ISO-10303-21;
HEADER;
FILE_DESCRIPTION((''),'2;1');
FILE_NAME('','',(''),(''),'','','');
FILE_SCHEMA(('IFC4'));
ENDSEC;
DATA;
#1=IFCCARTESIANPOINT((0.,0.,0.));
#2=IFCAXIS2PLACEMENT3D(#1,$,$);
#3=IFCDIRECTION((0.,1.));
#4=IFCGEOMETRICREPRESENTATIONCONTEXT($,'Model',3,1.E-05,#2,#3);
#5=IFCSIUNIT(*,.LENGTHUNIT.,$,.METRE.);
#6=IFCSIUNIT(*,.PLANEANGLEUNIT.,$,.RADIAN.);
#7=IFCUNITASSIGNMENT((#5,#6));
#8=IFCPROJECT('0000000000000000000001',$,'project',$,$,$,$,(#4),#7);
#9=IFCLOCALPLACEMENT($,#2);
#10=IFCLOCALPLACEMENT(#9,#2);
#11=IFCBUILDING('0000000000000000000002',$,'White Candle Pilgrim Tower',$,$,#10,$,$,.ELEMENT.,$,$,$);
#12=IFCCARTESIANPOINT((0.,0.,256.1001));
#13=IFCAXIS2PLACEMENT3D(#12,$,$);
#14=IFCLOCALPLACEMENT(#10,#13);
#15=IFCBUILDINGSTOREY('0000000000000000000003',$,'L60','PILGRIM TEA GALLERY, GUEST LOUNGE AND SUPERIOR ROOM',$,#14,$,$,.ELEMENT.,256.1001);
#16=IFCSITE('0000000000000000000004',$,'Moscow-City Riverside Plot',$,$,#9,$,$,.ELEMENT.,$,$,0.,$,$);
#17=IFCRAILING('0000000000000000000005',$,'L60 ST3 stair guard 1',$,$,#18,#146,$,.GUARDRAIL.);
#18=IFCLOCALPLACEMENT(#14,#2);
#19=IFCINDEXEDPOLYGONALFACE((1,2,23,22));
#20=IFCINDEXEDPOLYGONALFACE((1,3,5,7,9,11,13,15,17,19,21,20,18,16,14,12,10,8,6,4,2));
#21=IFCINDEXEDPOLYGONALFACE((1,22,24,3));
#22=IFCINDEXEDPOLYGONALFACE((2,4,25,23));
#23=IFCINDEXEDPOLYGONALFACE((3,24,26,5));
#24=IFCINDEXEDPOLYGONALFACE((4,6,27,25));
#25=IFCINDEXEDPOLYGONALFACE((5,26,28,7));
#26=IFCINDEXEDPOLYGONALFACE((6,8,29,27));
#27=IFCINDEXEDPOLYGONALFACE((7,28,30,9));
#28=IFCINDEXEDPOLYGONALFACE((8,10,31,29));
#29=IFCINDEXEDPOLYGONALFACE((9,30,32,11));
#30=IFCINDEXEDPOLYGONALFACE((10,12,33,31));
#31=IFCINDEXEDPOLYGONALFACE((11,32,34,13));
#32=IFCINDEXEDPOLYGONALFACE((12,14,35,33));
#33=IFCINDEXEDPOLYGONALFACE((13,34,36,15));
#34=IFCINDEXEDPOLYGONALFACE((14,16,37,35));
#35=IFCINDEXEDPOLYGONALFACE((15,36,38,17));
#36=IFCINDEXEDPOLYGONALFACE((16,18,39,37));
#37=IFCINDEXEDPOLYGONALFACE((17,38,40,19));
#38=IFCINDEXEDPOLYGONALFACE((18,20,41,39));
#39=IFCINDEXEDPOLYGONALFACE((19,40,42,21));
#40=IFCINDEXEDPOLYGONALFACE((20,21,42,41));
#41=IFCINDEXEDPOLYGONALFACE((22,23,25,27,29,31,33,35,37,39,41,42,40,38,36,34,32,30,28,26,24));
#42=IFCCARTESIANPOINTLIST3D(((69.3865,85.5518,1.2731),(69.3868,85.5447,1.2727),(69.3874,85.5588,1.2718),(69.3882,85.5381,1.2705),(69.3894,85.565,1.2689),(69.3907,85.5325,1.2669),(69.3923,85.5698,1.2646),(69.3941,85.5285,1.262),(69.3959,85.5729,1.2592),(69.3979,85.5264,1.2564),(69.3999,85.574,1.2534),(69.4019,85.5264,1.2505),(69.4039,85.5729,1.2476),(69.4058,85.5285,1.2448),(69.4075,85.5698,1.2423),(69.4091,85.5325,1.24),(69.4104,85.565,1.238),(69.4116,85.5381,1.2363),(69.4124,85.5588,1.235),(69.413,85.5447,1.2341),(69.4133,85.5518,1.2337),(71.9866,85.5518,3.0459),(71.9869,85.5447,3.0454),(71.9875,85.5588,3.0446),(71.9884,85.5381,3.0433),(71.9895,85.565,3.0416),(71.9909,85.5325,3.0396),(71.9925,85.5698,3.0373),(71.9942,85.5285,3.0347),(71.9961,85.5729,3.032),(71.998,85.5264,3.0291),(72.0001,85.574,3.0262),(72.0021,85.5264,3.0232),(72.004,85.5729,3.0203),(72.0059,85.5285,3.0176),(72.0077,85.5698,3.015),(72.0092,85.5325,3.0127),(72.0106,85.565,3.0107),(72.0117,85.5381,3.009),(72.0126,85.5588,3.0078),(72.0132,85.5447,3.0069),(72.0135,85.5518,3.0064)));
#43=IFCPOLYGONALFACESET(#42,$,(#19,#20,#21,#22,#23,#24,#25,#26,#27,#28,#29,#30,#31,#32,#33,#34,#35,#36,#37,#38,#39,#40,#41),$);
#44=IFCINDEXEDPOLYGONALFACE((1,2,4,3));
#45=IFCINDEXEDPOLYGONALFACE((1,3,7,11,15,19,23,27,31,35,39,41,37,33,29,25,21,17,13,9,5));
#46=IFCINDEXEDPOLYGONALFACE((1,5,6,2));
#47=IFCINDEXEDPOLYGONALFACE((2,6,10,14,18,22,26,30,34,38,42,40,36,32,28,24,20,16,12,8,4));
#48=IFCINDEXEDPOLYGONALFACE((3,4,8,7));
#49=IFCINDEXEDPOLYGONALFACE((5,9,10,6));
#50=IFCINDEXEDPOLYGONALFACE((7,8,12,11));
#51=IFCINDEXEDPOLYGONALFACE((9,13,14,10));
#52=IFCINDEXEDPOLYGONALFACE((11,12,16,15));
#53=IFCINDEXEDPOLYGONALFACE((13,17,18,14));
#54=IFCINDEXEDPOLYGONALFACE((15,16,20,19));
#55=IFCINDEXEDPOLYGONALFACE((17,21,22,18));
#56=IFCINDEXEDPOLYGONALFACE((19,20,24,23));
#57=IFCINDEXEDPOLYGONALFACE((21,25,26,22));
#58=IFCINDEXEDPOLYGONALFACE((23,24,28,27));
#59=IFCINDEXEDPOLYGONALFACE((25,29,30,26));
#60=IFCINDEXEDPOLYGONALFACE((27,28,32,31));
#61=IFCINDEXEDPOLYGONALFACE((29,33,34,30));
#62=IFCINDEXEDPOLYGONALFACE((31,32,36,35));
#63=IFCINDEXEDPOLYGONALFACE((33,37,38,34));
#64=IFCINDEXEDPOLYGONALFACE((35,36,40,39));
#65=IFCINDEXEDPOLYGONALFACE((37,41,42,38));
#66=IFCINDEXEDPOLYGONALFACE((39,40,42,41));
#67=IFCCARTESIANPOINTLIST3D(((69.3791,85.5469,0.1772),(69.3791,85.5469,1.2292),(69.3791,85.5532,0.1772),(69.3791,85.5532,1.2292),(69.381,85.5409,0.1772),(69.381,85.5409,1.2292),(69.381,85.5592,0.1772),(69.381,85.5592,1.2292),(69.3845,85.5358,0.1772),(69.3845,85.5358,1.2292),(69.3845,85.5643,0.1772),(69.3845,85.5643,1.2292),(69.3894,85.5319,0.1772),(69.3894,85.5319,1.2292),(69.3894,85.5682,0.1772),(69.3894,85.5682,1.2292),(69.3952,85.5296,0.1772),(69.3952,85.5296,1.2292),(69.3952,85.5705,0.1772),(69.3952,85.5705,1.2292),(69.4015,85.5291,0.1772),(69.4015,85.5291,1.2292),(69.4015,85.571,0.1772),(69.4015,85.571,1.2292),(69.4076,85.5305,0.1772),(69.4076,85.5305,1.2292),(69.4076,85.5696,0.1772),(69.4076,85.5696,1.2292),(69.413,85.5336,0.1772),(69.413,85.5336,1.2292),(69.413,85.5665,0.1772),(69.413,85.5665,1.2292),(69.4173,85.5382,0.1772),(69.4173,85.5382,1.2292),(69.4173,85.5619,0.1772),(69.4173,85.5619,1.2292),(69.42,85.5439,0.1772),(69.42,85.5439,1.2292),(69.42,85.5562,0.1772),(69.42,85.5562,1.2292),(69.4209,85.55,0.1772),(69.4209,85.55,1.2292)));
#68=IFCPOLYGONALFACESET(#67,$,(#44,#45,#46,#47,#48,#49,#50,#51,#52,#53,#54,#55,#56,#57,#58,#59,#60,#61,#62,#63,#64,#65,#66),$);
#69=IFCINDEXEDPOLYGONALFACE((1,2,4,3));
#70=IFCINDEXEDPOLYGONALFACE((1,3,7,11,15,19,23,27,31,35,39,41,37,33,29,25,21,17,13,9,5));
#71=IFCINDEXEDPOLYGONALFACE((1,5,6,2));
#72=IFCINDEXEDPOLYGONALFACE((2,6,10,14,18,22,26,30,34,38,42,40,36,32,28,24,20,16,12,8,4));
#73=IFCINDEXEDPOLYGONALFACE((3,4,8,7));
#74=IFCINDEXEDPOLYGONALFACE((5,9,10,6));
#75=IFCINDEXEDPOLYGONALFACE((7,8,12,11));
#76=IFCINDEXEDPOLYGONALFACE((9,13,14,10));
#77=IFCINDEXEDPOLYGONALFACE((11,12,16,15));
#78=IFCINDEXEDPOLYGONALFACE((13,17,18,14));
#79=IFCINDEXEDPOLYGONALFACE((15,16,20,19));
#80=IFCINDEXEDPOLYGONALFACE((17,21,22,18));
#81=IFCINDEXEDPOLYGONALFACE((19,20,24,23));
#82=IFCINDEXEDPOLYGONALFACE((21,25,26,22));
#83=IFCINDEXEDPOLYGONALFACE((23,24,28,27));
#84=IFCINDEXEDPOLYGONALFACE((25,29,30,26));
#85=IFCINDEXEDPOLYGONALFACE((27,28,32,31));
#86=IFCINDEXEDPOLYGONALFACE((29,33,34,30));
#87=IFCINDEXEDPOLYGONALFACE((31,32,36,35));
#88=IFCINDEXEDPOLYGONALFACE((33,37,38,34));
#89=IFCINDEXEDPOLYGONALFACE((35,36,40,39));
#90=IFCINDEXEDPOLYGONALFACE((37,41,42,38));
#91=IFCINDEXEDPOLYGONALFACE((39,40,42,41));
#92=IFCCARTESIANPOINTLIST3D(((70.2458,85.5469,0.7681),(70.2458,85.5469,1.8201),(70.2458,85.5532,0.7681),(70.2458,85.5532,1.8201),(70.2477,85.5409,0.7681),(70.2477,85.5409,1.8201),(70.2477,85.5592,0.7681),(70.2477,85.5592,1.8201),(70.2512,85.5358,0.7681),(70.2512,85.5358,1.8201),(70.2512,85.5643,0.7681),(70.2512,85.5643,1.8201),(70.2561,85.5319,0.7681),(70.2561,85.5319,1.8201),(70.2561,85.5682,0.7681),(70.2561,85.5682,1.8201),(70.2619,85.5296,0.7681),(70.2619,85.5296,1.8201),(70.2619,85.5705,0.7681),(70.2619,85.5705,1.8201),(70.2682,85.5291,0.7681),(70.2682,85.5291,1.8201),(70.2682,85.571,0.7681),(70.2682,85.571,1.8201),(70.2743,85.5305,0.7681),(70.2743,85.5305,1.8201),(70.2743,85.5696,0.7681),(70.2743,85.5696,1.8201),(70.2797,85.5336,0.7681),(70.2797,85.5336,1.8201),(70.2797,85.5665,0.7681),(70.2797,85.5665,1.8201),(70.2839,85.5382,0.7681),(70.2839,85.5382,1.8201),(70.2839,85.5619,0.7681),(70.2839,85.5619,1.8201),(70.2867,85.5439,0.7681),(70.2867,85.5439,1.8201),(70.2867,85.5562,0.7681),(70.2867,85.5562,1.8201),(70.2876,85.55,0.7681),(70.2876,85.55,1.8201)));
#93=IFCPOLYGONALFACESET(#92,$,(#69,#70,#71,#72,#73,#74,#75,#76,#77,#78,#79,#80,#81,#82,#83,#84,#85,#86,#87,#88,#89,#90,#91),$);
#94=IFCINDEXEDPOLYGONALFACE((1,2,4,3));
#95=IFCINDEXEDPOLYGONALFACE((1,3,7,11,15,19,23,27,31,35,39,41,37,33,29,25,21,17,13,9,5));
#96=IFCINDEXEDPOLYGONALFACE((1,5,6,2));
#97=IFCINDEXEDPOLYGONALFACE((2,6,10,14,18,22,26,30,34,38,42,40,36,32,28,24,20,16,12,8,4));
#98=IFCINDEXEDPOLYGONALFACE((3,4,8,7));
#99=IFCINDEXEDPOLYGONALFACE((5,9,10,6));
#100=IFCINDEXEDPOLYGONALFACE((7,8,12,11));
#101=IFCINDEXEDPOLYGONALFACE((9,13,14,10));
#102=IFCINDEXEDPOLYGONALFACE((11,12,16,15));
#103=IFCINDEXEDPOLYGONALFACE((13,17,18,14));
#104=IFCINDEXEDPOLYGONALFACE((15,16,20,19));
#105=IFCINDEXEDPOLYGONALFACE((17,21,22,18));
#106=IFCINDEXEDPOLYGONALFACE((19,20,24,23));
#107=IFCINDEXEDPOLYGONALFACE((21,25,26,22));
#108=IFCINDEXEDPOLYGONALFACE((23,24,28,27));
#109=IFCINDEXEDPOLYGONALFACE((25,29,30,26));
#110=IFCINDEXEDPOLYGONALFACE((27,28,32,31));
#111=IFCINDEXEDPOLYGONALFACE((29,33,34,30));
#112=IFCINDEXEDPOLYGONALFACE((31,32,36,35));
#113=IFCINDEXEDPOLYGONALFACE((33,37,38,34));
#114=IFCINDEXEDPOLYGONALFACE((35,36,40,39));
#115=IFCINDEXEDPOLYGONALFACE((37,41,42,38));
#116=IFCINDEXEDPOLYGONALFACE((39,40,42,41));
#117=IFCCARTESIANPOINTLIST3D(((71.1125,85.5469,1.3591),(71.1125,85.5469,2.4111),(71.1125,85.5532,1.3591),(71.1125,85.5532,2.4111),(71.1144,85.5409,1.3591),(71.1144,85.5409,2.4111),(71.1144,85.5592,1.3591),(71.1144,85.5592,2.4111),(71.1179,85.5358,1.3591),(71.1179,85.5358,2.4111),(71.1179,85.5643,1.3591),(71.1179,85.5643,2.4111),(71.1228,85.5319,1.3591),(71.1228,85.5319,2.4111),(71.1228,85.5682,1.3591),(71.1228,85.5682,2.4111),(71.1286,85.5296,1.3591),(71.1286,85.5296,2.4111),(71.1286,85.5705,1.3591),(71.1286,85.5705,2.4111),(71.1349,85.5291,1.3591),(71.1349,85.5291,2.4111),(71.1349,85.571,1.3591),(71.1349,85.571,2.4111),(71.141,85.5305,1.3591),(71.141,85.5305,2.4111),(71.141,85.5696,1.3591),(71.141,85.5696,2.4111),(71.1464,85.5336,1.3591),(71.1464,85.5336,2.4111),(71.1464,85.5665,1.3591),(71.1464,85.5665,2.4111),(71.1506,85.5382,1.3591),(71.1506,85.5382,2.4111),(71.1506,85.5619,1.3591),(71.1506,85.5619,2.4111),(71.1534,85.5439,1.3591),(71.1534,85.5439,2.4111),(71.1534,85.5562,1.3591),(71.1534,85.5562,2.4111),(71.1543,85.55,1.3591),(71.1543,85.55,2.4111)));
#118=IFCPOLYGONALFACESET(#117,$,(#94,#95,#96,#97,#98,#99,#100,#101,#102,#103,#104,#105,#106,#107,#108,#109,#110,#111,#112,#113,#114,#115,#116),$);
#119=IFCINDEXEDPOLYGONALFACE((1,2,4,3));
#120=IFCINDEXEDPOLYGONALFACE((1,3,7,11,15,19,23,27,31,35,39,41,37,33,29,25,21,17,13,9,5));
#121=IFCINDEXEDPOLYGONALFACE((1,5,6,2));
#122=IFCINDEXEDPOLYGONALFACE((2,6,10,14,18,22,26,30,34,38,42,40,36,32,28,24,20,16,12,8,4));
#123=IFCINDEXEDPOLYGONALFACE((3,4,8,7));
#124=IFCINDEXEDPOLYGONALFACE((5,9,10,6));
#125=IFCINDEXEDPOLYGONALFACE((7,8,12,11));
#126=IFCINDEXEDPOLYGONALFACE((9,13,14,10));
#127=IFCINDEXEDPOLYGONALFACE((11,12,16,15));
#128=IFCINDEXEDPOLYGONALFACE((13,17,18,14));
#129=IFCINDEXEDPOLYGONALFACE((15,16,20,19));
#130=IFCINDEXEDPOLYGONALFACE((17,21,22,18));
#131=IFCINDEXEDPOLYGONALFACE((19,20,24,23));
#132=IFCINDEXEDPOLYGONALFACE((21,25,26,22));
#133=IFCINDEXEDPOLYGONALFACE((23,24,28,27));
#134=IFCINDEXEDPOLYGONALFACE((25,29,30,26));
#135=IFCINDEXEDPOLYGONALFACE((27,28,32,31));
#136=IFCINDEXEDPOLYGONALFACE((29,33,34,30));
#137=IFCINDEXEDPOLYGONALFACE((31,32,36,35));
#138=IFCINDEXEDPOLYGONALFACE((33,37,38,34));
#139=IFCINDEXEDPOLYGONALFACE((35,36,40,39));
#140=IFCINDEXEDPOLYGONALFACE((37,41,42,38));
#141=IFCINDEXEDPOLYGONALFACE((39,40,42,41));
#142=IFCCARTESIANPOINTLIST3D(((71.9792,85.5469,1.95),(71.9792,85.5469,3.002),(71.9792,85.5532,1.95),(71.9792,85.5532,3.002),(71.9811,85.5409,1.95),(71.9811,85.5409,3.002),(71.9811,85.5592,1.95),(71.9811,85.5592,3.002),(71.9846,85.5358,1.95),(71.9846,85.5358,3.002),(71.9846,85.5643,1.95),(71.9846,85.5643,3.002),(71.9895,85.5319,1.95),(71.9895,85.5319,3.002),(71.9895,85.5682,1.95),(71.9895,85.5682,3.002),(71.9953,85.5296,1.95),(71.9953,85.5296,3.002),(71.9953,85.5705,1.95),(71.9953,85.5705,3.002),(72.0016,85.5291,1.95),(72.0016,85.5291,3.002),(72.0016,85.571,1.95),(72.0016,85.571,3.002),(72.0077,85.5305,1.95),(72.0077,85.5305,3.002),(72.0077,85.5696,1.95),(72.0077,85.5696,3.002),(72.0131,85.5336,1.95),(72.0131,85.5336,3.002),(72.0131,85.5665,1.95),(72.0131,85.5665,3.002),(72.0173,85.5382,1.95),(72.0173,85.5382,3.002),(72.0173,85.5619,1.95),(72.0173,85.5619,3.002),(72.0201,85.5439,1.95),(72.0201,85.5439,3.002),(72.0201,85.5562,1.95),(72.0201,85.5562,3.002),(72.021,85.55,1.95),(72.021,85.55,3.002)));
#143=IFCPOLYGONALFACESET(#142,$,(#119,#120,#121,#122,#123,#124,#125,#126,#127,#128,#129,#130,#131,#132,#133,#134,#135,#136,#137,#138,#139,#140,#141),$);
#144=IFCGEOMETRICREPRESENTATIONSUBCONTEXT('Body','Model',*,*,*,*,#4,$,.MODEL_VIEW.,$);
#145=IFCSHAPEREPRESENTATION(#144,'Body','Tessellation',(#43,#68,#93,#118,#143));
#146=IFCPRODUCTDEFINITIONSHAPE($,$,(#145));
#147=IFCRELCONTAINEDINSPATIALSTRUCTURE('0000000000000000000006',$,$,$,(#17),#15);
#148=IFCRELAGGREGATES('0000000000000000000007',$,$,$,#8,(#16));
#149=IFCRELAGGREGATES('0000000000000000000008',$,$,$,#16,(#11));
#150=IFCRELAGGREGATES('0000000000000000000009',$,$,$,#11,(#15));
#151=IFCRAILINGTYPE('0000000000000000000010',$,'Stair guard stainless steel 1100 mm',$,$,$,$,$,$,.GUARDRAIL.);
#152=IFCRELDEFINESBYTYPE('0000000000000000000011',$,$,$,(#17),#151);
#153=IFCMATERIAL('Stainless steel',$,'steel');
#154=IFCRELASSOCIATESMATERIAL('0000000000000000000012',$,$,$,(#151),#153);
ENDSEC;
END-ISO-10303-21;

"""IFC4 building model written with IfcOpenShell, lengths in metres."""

from ifc_helpers import new_model, si_unit, direction, frame, origin, origin_2d, place, context, subcontext, project, spatial, circle, extrude, material, type_object, element, save


model = new_model("IFC4")

# Units and contexts
model_context = context("Model", 3, precision=1e-05, world=origin(), true_north=direction((0.0, 1.0)))
body_context = subcontext(model_context, "Body", "Model", "MODEL_VIEW")
ifc_project = project(units=[si_unit("LENGTHUNIT", "METRE"), si_unit("PLANEANGLEUNIT", "RADIAN")], contexts=[model_context])

# Site, building, storey
site_placement = place(None, origin())
site = spatial("IfcSite", under=ifc_project, at=site_placement, Name="Moscow-City Riverside Plot", CompositionType="ELEMENT", RefElevation=0.0)
building_placement = place(site_placement, origin())
building = spatial("IfcBuilding", under=site, at=building_placement, Name="White Candle Pilgrim Tower", CompositionType="ELEMENT")
storey_placement = place(building_placement, frame((0.0, 0.0, 256.1001)))
storey = spatial("IfcBuildingStorey", under=building, at=storey_placement, Name="L60", Description="PILGRIM TEA GALLERY, GUEST LOUNGE AND SUPERIOR ROOM", CompositionType="ELEMENT", Elevation=256.1001)

# Railing
ifc_material_1 = material(Name="Stainless steel", Category="steel")
railing_type_1 = type_object("IfcRailingType", Name="Stair guard stainless steel 1100 mm", PredefinedType="GUARDRAIL", material=ifc_material_1)
railing_1_placement = place(storey_placement, frame((69.3999, 85.55, 0.1772)))
element("IfcRailing", 1, at=railing_1_placement, inside=storey, type_object=railing_type_1, Name="L60 ST3 stair guard 1", PredefinedType="GUARDRAIL", context=body_context, shape_type="SweptSolid", body=[
    extrude(circle(Radius=0.0239, at=origin_2d()), frame((0.0, 0.0, 1.0762), z_axis=(0.82624, 0.0, 0.563318), x_axis=(0.0, 1.0, 0.0)), (0.0, 0.0, 1.0), 3.147),
    extrude(circle(Radius=0.021, at=origin_2d()), origin(), (0.0, 0.0, 1.0), 1.052),
    extrude(circle(Radius=0.021, at=origin_2d()), frame((0.8667, 0.0, 0.5908)), (0.0, 0.0, 1.0), 1.052),
    extrude(circle(Radius=0.021, at=origin_2d()), frame((1.7334, 0.0, 1.1819)), (0.0, 0.0, 1.0), 1.052),
    extrude(circle(Radius=0.021, at=origin_2d()), frame((2.6001, 0.0, 1.7727)), (0.0, 0.0, 1.0), 1.052),
])

save(model, "model.ifc")
